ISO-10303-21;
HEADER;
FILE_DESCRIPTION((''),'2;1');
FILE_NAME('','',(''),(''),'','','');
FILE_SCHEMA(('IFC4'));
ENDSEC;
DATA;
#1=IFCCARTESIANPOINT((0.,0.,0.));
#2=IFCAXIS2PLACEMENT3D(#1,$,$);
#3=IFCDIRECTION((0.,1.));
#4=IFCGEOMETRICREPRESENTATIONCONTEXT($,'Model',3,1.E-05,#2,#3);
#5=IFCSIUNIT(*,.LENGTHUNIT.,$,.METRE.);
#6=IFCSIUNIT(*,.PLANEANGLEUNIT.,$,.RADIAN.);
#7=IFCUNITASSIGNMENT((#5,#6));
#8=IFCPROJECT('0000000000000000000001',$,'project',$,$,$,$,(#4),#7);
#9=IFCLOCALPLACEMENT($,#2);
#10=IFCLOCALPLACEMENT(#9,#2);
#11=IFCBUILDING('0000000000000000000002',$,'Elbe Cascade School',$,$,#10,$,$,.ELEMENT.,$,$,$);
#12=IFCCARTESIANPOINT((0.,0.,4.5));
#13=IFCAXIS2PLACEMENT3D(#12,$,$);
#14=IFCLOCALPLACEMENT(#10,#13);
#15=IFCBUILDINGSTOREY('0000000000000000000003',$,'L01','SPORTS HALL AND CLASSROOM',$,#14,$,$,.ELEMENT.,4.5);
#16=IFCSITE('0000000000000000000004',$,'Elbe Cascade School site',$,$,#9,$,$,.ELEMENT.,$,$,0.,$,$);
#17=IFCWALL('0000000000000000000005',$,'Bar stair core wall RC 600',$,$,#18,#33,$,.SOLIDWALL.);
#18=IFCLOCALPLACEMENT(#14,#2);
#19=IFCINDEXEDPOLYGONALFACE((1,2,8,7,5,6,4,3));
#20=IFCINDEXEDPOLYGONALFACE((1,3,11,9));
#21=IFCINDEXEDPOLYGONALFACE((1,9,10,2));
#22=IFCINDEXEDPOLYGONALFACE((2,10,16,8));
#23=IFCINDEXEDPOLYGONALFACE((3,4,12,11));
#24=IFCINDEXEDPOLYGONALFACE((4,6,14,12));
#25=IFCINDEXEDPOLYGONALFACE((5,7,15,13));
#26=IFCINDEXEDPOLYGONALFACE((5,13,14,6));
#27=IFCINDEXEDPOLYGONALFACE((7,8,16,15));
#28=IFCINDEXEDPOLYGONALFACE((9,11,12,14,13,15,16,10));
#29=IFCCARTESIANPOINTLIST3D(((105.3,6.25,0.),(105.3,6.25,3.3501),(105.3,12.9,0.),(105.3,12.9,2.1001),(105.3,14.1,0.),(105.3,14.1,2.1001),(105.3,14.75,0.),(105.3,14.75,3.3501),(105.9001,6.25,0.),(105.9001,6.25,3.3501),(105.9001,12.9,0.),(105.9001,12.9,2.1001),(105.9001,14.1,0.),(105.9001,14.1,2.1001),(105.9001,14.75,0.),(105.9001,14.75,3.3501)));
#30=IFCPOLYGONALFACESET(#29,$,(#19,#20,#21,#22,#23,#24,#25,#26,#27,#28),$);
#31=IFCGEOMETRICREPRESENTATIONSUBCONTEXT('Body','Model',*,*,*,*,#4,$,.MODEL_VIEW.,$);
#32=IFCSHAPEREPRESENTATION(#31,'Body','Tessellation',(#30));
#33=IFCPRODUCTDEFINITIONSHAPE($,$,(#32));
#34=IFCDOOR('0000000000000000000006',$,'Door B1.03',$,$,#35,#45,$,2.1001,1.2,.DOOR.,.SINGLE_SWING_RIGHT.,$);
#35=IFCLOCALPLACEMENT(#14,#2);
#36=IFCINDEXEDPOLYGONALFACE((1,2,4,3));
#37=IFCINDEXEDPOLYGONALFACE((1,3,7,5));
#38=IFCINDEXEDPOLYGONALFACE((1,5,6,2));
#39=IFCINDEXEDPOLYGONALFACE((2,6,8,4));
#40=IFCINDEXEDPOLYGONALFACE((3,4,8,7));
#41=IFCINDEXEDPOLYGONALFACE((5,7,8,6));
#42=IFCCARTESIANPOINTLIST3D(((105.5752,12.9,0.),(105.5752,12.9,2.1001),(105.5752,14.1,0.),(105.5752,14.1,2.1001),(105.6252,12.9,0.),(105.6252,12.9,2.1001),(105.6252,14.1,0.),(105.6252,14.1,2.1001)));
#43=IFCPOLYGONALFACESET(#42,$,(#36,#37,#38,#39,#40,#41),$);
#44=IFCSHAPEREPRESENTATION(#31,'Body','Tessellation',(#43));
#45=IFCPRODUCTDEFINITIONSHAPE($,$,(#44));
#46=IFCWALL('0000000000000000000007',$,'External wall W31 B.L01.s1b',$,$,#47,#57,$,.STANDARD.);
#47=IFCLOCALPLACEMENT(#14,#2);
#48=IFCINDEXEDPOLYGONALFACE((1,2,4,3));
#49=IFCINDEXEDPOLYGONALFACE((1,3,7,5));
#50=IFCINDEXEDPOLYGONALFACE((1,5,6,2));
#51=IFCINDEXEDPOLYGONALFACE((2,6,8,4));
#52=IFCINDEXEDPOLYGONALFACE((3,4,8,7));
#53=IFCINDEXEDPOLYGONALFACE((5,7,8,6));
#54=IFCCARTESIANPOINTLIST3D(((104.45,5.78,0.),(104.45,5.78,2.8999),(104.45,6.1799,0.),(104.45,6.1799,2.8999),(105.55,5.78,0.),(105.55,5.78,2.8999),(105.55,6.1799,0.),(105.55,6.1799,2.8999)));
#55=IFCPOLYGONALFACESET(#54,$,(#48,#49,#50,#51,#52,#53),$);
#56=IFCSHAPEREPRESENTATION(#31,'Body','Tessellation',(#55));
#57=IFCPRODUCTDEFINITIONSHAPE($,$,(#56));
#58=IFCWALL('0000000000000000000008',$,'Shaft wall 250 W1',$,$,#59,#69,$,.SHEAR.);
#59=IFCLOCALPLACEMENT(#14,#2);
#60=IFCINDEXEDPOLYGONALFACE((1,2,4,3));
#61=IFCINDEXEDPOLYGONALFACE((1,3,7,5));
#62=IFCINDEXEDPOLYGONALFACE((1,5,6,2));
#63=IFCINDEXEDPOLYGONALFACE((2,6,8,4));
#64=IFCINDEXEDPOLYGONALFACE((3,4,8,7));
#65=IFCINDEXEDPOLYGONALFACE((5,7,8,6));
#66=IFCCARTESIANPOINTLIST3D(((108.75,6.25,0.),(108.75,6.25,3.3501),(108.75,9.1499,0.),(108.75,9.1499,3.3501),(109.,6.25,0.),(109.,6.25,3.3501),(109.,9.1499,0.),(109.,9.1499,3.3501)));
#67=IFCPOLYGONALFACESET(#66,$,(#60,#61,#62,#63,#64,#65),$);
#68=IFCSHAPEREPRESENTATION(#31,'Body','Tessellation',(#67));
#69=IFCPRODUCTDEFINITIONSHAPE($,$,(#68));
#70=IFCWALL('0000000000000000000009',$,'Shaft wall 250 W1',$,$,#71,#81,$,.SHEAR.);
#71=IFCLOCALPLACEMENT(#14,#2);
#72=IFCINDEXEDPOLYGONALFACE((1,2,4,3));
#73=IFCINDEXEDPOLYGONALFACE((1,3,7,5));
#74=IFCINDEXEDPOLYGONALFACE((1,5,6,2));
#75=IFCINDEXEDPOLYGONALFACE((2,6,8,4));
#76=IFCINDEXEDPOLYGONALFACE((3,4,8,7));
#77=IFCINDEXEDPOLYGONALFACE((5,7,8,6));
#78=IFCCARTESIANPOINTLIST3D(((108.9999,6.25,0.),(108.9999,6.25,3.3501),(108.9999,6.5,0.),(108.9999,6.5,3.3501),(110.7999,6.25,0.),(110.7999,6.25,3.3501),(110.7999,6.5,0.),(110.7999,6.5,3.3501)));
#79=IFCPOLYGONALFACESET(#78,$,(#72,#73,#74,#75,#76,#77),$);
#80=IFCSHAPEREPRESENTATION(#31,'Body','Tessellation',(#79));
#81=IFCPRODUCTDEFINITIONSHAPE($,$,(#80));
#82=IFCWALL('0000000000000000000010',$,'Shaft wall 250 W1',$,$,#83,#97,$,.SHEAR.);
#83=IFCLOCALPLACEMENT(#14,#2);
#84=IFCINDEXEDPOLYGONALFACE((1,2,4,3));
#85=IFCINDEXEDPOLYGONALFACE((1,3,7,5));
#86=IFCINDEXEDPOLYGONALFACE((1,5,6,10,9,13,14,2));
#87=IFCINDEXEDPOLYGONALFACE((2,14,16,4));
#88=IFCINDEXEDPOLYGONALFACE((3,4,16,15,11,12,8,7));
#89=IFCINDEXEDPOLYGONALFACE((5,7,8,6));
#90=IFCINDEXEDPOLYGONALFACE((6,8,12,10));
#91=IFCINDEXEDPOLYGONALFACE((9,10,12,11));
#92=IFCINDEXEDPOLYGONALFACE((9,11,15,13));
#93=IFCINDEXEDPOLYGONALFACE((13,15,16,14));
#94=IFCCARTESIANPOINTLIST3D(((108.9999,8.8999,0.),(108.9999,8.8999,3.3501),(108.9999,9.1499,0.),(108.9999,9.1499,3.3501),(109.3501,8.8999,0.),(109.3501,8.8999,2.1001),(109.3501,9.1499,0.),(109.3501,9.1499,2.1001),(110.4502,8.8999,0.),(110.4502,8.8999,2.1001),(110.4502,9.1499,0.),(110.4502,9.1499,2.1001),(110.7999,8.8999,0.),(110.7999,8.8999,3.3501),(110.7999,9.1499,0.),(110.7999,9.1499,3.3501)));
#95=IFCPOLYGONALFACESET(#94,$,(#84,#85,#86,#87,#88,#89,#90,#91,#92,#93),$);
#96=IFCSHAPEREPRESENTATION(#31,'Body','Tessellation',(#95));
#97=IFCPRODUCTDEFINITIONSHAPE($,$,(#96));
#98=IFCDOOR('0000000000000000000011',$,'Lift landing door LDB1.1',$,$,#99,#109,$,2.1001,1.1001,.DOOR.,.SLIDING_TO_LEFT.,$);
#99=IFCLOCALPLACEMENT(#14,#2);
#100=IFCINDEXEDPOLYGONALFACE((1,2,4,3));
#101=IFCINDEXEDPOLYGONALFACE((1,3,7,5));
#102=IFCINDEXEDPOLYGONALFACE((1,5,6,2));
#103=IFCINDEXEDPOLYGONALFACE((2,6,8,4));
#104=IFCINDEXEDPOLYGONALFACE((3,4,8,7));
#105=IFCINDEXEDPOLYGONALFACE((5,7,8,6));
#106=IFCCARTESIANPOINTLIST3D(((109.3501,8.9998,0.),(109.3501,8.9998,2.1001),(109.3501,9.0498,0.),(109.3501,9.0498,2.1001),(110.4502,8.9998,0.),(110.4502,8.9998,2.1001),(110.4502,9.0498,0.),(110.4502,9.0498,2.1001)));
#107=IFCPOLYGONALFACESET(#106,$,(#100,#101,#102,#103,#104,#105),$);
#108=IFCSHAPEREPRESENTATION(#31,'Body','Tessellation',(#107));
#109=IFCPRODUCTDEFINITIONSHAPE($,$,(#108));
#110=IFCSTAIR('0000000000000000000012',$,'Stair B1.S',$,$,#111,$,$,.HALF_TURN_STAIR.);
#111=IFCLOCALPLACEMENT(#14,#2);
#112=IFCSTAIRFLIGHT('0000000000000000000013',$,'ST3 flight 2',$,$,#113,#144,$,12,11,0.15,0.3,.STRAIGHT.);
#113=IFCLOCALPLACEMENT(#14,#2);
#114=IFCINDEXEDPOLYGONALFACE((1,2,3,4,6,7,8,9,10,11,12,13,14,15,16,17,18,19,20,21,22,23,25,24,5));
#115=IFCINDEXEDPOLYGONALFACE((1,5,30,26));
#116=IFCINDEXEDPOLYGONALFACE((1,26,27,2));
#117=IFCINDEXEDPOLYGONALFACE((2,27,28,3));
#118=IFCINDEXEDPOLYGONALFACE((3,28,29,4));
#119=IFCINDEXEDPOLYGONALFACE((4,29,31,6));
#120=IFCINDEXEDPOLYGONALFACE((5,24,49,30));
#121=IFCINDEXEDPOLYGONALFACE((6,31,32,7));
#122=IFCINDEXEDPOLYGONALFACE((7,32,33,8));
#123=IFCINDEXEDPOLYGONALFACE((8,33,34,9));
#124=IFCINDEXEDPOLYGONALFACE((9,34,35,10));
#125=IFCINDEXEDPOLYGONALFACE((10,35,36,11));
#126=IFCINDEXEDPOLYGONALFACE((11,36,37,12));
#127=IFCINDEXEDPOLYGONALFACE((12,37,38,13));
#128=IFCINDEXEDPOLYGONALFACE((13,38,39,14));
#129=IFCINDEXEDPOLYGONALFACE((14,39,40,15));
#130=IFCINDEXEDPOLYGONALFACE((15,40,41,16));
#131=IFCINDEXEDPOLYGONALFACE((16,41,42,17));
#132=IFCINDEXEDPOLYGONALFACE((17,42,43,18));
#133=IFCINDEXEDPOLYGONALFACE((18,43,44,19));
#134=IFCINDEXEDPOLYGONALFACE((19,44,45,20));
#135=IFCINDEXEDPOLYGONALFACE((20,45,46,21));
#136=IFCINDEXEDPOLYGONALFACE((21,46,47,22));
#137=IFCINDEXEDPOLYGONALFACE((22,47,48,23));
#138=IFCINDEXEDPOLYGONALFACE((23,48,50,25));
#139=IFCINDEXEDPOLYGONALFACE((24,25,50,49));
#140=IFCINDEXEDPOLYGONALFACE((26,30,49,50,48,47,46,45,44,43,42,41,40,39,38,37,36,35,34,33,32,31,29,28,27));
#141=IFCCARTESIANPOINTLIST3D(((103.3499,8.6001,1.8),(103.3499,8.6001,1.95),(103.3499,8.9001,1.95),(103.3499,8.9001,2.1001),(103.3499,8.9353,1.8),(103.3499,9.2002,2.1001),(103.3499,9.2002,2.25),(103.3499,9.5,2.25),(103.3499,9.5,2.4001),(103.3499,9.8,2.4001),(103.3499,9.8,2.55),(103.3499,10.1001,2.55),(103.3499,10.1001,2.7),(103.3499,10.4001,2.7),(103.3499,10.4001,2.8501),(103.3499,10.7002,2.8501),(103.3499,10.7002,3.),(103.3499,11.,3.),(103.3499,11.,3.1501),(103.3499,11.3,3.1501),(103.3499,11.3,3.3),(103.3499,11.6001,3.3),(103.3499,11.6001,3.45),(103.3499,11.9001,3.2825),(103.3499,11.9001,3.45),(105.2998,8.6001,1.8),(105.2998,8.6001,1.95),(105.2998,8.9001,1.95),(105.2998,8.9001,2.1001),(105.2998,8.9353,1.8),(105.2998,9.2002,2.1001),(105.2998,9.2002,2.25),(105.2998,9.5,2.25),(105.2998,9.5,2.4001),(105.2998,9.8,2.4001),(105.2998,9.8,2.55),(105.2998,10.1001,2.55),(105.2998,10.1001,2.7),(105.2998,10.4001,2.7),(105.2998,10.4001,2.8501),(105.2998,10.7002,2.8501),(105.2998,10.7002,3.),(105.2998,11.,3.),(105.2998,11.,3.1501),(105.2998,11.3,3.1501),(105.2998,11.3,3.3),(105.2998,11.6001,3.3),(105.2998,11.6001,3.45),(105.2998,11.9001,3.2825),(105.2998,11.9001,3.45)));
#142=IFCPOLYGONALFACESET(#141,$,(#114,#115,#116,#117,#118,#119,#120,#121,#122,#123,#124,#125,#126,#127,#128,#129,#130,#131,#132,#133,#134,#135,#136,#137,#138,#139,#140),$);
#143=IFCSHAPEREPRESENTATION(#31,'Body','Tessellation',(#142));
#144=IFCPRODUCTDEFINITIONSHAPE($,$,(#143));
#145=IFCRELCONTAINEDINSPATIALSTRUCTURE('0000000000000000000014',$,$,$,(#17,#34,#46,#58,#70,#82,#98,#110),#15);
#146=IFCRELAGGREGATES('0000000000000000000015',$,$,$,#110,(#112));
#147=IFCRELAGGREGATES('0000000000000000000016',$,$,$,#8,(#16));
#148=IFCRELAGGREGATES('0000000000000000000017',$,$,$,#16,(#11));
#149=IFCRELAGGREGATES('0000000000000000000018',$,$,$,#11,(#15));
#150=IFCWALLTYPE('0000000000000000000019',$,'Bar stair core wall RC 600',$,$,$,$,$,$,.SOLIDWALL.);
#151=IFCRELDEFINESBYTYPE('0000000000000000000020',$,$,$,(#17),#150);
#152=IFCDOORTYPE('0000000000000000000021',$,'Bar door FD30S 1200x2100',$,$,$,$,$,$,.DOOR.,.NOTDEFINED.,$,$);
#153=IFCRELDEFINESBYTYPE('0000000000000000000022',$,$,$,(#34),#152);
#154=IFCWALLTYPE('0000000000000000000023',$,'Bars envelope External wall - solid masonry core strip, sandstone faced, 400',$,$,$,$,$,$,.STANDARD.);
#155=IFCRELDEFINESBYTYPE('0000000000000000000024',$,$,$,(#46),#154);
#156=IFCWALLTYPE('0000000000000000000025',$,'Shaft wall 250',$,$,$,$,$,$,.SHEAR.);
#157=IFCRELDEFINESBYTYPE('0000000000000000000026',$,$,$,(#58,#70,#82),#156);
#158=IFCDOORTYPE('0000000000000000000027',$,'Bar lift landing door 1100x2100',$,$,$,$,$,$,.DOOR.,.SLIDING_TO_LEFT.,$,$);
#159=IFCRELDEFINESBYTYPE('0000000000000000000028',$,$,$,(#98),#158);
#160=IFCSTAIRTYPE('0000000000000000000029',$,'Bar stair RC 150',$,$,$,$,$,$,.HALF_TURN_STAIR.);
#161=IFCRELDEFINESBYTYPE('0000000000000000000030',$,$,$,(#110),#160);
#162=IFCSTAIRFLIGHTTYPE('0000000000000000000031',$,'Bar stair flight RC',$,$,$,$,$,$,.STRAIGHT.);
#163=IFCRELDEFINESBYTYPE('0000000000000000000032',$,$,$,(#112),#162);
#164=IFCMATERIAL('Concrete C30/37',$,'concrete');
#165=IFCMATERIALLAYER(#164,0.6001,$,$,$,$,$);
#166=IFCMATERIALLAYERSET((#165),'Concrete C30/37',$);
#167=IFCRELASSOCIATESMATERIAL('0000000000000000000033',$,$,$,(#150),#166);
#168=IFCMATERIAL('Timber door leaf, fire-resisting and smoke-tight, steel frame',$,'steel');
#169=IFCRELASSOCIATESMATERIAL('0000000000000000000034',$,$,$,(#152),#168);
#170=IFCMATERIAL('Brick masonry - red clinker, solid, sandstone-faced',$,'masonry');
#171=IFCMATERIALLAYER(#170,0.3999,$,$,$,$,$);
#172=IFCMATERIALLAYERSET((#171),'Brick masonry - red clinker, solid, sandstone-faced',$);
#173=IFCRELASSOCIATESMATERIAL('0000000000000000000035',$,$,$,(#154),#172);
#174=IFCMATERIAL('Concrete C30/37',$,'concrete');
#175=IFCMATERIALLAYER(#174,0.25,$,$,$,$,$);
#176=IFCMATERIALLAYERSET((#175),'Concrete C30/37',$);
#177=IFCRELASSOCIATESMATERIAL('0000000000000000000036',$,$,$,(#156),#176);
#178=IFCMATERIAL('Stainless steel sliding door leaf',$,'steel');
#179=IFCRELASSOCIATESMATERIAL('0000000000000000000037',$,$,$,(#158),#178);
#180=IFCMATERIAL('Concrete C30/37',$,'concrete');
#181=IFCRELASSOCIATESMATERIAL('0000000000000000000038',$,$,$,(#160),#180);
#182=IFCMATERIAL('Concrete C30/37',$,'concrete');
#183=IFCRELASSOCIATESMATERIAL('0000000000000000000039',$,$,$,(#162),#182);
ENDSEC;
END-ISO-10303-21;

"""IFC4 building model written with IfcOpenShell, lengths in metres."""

from ifc_helpers import new_model, si_unit, direction, frame, frame_2d, origin, place, context, subcontext, project, spatial, polyline, rectangle, outline, extrude, material, layer, layer_set, type_object, element, fill, aggregate, save


model = new_model("IFC4")

# Units and contexts
model_context = context("Model", 3, precision=1e-05, world=origin(), true_north=direction((0.0, 1.0)))
body_context = subcontext(model_context, "Body", "Model", "MODEL_VIEW")
ifc_project = project(units=[si_unit("LENGTHUNIT", "METRE"), si_unit("PLANEANGLEUNIT", "RADIAN")], contexts=[model_context])

# Site, building, storey
site_placement = place(None, origin())
site = spatial("IfcSite", under=ifc_project, at=site_placement, Name="Elbe Cascade School site", CompositionType="ELEMENT", RefElevation=0.0)
building_placement = place(site_placement, origin())
building = spatial("IfcBuilding", under=site, at=building_placement, Name="Elbe Cascade School", CompositionType="ELEMENT")
storey_placement = place(building_placement, frame((0.0, 0.0, 4.5)))
storey = spatial("IfcBuildingStorey", under=building, at=storey_placement, Name="L01", Description="SPORTS HALL AND CLASSROOM", CompositionType="ELEMENT", Elevation=4.5)

# Wall, opening, door
ifc_material_1 = material(Name="Concrete C30/37", Category="concrete")
ifc_layer_1 = layer(ifc_material_1, 0.6001)
ifc_layer_set_1 = layer_set([ifc_layer_1], Name="Concrete C30/37")
wall_type_1 = type_object("IfcWallType", Name="Bar stair core wall RC 600", PredefinedType="SOLIDWALL", material=ifc_layer_set_1)
wall_1_placement = place(storey_placement, frame((105.6001, 6.25, 0.0), z_axis=(0.0, 0.0, 1.0), x_axis=(0.0, 1.0, 0.0)))
wall_1 = element("IfcWall", 1, at=wall_1_placement, inside=storey, type_object=wall_type_1, Name="Bar stair core wall RC 600", PredefinedType="SOLIDWALL", context=body_context, shape_type="SweptSolid", body=[
    extrude(rectangle(XDim=8.5, YDim=0.6001, at=frame_2d((4.25, 0.0))), origin(), (0.0, 0.0, 1.0), 3.3501),
])
opening_1_placement = place(wall_1_placement, frame((6.6499, 0.0, 0.0)))
opening_1 = element("IfcOpeningElement", 2, at=opening_1_placement, cuts=wall_1, PredefinedType="OPENING", context=body_context, shape_type="SweptSolid", body=[
    extrude(rectangle(XDim=1.2, YDim=2.1001, at=frame_2d((0.6001, 1.05))), frame((0.0, 0.3101, 0.0), z_axis=(0.0, -1.0, 0.0), x_axis=(1.0, 0.0, 0.0)), (0.0, 0.0, 1.0), 0.6201),
])
ifc_material_2 = material(Name="Timber door leaf, fire-resisting and smoke-tight, steel frame", Category="steel")
door_type_1 = type_object("IfcDoorType", Name="Bar door FD30S 1200x2100", OperationType="NOTDEFINED", PredefinedType="DOOR", material=ifc_material_2)
door_1_placement = place(opening_1_placement, origin())
door_1 = element("IfcDoor", 3, at=door_1_placement, inside=storey, type_object=door_type_1, Name="Door B1.03", OperationType="SINGLE_SWING_RIGHT", OverallHeight=2.1001, OverallWidth=1.2, PredefinedType="DOOR", context=body_context, shape_type="SweptSolid", body=[
    extrude(rectangle(XDim=1.2, YDim=2.1001, at=frame_2d((0.6001, 1.05))), frame((0.0, 0.0249, 0.0), z_axis=(0.0, -1.0, 0.0), x_axis=(1.0, 0.0, 0.0)), (0.0, 0.0, 1.0), 0.05),
])
fill(opening_1, door_1)

# Walls
ifc_material_3 = material(Name="Brick masonry - red clinker, solid, sandstone-faced", Category="masonry")
ifc_layer_2 = layer(ifc_material_3, 0.3999)
ifc_layer_set_2 = layer_set([ifc_layer_2], Name="Brick masonry - red clinker, solid, sandstone-faced")
wall_type_2 = type_object("IfcWallType", Name="Bars envelope External wall - solid masonry core strip, sandstone faced, 400", PredefinedType="STANDARD", material=ifc_layer_set_2)
wall_2_placement = place(storey_placement, frame((105.55, 5.98, 0.0), z_axis=(0.0, 0.0, 1.0), x_axis=(-1.0, 0.0, 0.0)))
element("IfcWall", 4, at=wall_2_placement, inside=storey, type_object=wall_type_2, Name="External wall W31 B.L01.s1b", PredefinedType="STANDARD", context=body_context, shape_type="SweptSolid", body=[
    extrude(rectangle(XDim=1.1001, YDim=0.3999, at=frame_2d((0.55, 0.0))), origin(), (0.0, 0.0, 1.0), 2.8999),
])
ifc_material_4 = material(Name="Concrete C30/37", Category="concrete")
ifc_layer_3 = layer(ifc_material_4, 0.25)
ifc_layer_set_3 = layer_set([ifc_layer_3], Name="Concrete C30/37")
wall_type_3 = type_object("IfcWallType", Name="Shaft wall 250", PredefinedType="SHEAR", material=ifc_layer_set_3)
wall_3_placement = place(storey_placement, frame((108.875, 6.25, 0.0), z_axis=(0.0, 0.0, 1.0), x_axis=(0.0, 1.0, 0.0)))
element("IfcWall", 5, at=wall_3_placement, inside=storey, type_object=wall_type_3, Name="Shaft wall 250 W1", PredefinedType="SHEAR", context=body_context, shape_type="SweptSolid", body=[
    extrude(rectangle(XDim=2.8999, YDim=0.25, at=frame_2d((1.45, 0.0))), origin(), (0.0, 0.0, 1.0), 3.3501),
])
wall_4_placement = place(storey_placement, frame((109.0, 6.375, 0.0), z_axis=(0.0, 0.0, 1.0), x_axis=(1.0, 0.0, 0.0)))
element("IfcWall", 6, at=wall_4_placement, inside=storey, type_object=wall_type_3, Name="Shaft wall 250 W1", PredefinedType="SHEAR", context=body_context, shape_type="SweptSolid", body=[
    extrude(rectangle(XDim=1.8, YDim=0.25, at=frame_2d((0.8999, 0.0))), origin(), (0.0, 0.0, 1.0), 3.3501),
])

# Wall, opening, door
wall_5_placement = place(storey_placement, frame((109.0, 9.0249, 0.0), z_axis=(0.0, 0.0, 1.0), x_axis=(1.0, 0.0, 0.0)))
wall_5 = element("IfcWall", 7, at=wall_5_placement, inside=storey, type_object=wall_type_3, Name="Shaft wall 250 W1", PredefinedType="SHEAR", context=body_context, shape_type="SweptSolid", body=[
    extrude(rectangle(XDim=1.8, YDim=0.25, at=frame_2d((0.8999, 0.0))), origin(), (0.0, 0.0, 1.0), 3.3501),
])
opening_2_placement = place(wall_5_placement, frame((0.3501, 0.0, 0.0)))
opening_2 = element("IfcOpeningElement", 8, at=opening_2_placement, cuts=wall_5, PredefinedType="OPENING", context=body_context, shape_type="SweptSolid", body=[
    extrude(rectangle(XDim=1.1001, YDim=2.1001, at=frame_2d((0.55, 1.05))), frame((0.0, 0.135, 0.0), z_axis=(0.0, -1.0, 0.0), x_axis=(1.0, 0.0, 0.0)), (0.0, 0.0, 1.0), 0.27),
])
ifc_material_5 = material(Name="Stainless steel sliding door leaf", Category="steel")
door_type_2 = type_object("IfcDoorType", Name="Bar lift landing door 1100x2100", OperationType="SLIDING_TO_LEFT", PredefinedType="DOOR", material=ifc_material_5)
door_2_placement = place(opening_2_placement, origin())
door_2 = element("IfcDoor", 9, at=door_2_placement, inside=storey, type_object=door_type_2, Name="Lift landing door LDB1.1", OperationType="SLIDING_TO_LEFT", OverallHeight=2.1001, OverallWidth=1.1001, PredefinedType="DOOR", context=body_context, shape_type="SweptSolid", body=[
    extrude(rectangle(XDim=1.1001, YDim=2.1001, at=frame_2d((0.55, 1.05))), frame((0.0, 0.0249, 0.0), z_axis=(0.0, -1.0, 0.0), x_axis=(1.0, 0.0, 0.0)), (0.0, 0.0, 1.0), 0.05),
])
fill(opening_2, door_2)

# Stair, stair flight
ifc_material_6 = material(Name="Concrete C30/37", Category="concrete")
stair_type = type_object("IfcStairType", Name="Bar stair RC 150", PredefinedType="HALF_TURN_STAIR", material=ifc_material_6)
stair_placement = place(storey_placement, origin())
stair = element("IfcStair", 10, at=stair_placement, inside=storey, type_object=stair_type, Name="Stair B1.S", PredefinedType="HALF_TURN_STAIR")
ifc_material_7 = material(Name="Concrete C30/37", Category="concrete")
stair_flight_type = type_object("IfcStairFlightType", Name="Bar stair flight RC", PredefinedType="STRAIGHT", material=ifc_material_7)
stair_flight_placement = place(storey_placement, frame((104.325, 8.6001, 1.8), z_axis=(0.0, 0.0, 1.0), x_axis=(0.0, 1.0, 0.0)))
stair_flight = element("IfcStairFlight", 11, at=stair_flight_placement, type_object=stair_flight_type, Name="ST3 flight 2", NumberOfRisers=12, NumberOfTreads=11, PredefinedType="STRAIGHT", RiserHeight=0.15, TreadLength=0.3, context=body_context, shape_type="SweptSolid", body=[
    extrude(outline(polyline([(0.0, 0.0), (0.0, 0.1499), (0.3, 0.1499), (0.3, 0.3), (0.6001, 0.3), (0.6001, 0.45), (0.8999, 0.45), (0.8999, 0.6001), (1.2, 0.6001), (1.2, 0.75), (1.5, 0.75), (1.5, 0.8999), (1.8, 0.8999), (1.8, 1.05), (2.1001, 1.05), (2.1001, 1.2), (2.3999, 1.2), (2.3999, 1.3501), (2.7, 1.3501), (2.7, 1.5), (3.0, 1.5), (3.0, 1.6499), (3.3, 1.6499), (3.3, 1.8), (3.3, 1.4824), (0.3352, 0.0), (0.0, 0.0)])), frame((0.0, 0.9751, 0.0), z_axis=(0.0, -1.0, 0.0), x_axis=(1.0, 0.0, 0.0)), (0.0, 0.0, 1.0), 1.95),
])
aggregate(stair, [stair_flight])

save(model, "model.ifc")
